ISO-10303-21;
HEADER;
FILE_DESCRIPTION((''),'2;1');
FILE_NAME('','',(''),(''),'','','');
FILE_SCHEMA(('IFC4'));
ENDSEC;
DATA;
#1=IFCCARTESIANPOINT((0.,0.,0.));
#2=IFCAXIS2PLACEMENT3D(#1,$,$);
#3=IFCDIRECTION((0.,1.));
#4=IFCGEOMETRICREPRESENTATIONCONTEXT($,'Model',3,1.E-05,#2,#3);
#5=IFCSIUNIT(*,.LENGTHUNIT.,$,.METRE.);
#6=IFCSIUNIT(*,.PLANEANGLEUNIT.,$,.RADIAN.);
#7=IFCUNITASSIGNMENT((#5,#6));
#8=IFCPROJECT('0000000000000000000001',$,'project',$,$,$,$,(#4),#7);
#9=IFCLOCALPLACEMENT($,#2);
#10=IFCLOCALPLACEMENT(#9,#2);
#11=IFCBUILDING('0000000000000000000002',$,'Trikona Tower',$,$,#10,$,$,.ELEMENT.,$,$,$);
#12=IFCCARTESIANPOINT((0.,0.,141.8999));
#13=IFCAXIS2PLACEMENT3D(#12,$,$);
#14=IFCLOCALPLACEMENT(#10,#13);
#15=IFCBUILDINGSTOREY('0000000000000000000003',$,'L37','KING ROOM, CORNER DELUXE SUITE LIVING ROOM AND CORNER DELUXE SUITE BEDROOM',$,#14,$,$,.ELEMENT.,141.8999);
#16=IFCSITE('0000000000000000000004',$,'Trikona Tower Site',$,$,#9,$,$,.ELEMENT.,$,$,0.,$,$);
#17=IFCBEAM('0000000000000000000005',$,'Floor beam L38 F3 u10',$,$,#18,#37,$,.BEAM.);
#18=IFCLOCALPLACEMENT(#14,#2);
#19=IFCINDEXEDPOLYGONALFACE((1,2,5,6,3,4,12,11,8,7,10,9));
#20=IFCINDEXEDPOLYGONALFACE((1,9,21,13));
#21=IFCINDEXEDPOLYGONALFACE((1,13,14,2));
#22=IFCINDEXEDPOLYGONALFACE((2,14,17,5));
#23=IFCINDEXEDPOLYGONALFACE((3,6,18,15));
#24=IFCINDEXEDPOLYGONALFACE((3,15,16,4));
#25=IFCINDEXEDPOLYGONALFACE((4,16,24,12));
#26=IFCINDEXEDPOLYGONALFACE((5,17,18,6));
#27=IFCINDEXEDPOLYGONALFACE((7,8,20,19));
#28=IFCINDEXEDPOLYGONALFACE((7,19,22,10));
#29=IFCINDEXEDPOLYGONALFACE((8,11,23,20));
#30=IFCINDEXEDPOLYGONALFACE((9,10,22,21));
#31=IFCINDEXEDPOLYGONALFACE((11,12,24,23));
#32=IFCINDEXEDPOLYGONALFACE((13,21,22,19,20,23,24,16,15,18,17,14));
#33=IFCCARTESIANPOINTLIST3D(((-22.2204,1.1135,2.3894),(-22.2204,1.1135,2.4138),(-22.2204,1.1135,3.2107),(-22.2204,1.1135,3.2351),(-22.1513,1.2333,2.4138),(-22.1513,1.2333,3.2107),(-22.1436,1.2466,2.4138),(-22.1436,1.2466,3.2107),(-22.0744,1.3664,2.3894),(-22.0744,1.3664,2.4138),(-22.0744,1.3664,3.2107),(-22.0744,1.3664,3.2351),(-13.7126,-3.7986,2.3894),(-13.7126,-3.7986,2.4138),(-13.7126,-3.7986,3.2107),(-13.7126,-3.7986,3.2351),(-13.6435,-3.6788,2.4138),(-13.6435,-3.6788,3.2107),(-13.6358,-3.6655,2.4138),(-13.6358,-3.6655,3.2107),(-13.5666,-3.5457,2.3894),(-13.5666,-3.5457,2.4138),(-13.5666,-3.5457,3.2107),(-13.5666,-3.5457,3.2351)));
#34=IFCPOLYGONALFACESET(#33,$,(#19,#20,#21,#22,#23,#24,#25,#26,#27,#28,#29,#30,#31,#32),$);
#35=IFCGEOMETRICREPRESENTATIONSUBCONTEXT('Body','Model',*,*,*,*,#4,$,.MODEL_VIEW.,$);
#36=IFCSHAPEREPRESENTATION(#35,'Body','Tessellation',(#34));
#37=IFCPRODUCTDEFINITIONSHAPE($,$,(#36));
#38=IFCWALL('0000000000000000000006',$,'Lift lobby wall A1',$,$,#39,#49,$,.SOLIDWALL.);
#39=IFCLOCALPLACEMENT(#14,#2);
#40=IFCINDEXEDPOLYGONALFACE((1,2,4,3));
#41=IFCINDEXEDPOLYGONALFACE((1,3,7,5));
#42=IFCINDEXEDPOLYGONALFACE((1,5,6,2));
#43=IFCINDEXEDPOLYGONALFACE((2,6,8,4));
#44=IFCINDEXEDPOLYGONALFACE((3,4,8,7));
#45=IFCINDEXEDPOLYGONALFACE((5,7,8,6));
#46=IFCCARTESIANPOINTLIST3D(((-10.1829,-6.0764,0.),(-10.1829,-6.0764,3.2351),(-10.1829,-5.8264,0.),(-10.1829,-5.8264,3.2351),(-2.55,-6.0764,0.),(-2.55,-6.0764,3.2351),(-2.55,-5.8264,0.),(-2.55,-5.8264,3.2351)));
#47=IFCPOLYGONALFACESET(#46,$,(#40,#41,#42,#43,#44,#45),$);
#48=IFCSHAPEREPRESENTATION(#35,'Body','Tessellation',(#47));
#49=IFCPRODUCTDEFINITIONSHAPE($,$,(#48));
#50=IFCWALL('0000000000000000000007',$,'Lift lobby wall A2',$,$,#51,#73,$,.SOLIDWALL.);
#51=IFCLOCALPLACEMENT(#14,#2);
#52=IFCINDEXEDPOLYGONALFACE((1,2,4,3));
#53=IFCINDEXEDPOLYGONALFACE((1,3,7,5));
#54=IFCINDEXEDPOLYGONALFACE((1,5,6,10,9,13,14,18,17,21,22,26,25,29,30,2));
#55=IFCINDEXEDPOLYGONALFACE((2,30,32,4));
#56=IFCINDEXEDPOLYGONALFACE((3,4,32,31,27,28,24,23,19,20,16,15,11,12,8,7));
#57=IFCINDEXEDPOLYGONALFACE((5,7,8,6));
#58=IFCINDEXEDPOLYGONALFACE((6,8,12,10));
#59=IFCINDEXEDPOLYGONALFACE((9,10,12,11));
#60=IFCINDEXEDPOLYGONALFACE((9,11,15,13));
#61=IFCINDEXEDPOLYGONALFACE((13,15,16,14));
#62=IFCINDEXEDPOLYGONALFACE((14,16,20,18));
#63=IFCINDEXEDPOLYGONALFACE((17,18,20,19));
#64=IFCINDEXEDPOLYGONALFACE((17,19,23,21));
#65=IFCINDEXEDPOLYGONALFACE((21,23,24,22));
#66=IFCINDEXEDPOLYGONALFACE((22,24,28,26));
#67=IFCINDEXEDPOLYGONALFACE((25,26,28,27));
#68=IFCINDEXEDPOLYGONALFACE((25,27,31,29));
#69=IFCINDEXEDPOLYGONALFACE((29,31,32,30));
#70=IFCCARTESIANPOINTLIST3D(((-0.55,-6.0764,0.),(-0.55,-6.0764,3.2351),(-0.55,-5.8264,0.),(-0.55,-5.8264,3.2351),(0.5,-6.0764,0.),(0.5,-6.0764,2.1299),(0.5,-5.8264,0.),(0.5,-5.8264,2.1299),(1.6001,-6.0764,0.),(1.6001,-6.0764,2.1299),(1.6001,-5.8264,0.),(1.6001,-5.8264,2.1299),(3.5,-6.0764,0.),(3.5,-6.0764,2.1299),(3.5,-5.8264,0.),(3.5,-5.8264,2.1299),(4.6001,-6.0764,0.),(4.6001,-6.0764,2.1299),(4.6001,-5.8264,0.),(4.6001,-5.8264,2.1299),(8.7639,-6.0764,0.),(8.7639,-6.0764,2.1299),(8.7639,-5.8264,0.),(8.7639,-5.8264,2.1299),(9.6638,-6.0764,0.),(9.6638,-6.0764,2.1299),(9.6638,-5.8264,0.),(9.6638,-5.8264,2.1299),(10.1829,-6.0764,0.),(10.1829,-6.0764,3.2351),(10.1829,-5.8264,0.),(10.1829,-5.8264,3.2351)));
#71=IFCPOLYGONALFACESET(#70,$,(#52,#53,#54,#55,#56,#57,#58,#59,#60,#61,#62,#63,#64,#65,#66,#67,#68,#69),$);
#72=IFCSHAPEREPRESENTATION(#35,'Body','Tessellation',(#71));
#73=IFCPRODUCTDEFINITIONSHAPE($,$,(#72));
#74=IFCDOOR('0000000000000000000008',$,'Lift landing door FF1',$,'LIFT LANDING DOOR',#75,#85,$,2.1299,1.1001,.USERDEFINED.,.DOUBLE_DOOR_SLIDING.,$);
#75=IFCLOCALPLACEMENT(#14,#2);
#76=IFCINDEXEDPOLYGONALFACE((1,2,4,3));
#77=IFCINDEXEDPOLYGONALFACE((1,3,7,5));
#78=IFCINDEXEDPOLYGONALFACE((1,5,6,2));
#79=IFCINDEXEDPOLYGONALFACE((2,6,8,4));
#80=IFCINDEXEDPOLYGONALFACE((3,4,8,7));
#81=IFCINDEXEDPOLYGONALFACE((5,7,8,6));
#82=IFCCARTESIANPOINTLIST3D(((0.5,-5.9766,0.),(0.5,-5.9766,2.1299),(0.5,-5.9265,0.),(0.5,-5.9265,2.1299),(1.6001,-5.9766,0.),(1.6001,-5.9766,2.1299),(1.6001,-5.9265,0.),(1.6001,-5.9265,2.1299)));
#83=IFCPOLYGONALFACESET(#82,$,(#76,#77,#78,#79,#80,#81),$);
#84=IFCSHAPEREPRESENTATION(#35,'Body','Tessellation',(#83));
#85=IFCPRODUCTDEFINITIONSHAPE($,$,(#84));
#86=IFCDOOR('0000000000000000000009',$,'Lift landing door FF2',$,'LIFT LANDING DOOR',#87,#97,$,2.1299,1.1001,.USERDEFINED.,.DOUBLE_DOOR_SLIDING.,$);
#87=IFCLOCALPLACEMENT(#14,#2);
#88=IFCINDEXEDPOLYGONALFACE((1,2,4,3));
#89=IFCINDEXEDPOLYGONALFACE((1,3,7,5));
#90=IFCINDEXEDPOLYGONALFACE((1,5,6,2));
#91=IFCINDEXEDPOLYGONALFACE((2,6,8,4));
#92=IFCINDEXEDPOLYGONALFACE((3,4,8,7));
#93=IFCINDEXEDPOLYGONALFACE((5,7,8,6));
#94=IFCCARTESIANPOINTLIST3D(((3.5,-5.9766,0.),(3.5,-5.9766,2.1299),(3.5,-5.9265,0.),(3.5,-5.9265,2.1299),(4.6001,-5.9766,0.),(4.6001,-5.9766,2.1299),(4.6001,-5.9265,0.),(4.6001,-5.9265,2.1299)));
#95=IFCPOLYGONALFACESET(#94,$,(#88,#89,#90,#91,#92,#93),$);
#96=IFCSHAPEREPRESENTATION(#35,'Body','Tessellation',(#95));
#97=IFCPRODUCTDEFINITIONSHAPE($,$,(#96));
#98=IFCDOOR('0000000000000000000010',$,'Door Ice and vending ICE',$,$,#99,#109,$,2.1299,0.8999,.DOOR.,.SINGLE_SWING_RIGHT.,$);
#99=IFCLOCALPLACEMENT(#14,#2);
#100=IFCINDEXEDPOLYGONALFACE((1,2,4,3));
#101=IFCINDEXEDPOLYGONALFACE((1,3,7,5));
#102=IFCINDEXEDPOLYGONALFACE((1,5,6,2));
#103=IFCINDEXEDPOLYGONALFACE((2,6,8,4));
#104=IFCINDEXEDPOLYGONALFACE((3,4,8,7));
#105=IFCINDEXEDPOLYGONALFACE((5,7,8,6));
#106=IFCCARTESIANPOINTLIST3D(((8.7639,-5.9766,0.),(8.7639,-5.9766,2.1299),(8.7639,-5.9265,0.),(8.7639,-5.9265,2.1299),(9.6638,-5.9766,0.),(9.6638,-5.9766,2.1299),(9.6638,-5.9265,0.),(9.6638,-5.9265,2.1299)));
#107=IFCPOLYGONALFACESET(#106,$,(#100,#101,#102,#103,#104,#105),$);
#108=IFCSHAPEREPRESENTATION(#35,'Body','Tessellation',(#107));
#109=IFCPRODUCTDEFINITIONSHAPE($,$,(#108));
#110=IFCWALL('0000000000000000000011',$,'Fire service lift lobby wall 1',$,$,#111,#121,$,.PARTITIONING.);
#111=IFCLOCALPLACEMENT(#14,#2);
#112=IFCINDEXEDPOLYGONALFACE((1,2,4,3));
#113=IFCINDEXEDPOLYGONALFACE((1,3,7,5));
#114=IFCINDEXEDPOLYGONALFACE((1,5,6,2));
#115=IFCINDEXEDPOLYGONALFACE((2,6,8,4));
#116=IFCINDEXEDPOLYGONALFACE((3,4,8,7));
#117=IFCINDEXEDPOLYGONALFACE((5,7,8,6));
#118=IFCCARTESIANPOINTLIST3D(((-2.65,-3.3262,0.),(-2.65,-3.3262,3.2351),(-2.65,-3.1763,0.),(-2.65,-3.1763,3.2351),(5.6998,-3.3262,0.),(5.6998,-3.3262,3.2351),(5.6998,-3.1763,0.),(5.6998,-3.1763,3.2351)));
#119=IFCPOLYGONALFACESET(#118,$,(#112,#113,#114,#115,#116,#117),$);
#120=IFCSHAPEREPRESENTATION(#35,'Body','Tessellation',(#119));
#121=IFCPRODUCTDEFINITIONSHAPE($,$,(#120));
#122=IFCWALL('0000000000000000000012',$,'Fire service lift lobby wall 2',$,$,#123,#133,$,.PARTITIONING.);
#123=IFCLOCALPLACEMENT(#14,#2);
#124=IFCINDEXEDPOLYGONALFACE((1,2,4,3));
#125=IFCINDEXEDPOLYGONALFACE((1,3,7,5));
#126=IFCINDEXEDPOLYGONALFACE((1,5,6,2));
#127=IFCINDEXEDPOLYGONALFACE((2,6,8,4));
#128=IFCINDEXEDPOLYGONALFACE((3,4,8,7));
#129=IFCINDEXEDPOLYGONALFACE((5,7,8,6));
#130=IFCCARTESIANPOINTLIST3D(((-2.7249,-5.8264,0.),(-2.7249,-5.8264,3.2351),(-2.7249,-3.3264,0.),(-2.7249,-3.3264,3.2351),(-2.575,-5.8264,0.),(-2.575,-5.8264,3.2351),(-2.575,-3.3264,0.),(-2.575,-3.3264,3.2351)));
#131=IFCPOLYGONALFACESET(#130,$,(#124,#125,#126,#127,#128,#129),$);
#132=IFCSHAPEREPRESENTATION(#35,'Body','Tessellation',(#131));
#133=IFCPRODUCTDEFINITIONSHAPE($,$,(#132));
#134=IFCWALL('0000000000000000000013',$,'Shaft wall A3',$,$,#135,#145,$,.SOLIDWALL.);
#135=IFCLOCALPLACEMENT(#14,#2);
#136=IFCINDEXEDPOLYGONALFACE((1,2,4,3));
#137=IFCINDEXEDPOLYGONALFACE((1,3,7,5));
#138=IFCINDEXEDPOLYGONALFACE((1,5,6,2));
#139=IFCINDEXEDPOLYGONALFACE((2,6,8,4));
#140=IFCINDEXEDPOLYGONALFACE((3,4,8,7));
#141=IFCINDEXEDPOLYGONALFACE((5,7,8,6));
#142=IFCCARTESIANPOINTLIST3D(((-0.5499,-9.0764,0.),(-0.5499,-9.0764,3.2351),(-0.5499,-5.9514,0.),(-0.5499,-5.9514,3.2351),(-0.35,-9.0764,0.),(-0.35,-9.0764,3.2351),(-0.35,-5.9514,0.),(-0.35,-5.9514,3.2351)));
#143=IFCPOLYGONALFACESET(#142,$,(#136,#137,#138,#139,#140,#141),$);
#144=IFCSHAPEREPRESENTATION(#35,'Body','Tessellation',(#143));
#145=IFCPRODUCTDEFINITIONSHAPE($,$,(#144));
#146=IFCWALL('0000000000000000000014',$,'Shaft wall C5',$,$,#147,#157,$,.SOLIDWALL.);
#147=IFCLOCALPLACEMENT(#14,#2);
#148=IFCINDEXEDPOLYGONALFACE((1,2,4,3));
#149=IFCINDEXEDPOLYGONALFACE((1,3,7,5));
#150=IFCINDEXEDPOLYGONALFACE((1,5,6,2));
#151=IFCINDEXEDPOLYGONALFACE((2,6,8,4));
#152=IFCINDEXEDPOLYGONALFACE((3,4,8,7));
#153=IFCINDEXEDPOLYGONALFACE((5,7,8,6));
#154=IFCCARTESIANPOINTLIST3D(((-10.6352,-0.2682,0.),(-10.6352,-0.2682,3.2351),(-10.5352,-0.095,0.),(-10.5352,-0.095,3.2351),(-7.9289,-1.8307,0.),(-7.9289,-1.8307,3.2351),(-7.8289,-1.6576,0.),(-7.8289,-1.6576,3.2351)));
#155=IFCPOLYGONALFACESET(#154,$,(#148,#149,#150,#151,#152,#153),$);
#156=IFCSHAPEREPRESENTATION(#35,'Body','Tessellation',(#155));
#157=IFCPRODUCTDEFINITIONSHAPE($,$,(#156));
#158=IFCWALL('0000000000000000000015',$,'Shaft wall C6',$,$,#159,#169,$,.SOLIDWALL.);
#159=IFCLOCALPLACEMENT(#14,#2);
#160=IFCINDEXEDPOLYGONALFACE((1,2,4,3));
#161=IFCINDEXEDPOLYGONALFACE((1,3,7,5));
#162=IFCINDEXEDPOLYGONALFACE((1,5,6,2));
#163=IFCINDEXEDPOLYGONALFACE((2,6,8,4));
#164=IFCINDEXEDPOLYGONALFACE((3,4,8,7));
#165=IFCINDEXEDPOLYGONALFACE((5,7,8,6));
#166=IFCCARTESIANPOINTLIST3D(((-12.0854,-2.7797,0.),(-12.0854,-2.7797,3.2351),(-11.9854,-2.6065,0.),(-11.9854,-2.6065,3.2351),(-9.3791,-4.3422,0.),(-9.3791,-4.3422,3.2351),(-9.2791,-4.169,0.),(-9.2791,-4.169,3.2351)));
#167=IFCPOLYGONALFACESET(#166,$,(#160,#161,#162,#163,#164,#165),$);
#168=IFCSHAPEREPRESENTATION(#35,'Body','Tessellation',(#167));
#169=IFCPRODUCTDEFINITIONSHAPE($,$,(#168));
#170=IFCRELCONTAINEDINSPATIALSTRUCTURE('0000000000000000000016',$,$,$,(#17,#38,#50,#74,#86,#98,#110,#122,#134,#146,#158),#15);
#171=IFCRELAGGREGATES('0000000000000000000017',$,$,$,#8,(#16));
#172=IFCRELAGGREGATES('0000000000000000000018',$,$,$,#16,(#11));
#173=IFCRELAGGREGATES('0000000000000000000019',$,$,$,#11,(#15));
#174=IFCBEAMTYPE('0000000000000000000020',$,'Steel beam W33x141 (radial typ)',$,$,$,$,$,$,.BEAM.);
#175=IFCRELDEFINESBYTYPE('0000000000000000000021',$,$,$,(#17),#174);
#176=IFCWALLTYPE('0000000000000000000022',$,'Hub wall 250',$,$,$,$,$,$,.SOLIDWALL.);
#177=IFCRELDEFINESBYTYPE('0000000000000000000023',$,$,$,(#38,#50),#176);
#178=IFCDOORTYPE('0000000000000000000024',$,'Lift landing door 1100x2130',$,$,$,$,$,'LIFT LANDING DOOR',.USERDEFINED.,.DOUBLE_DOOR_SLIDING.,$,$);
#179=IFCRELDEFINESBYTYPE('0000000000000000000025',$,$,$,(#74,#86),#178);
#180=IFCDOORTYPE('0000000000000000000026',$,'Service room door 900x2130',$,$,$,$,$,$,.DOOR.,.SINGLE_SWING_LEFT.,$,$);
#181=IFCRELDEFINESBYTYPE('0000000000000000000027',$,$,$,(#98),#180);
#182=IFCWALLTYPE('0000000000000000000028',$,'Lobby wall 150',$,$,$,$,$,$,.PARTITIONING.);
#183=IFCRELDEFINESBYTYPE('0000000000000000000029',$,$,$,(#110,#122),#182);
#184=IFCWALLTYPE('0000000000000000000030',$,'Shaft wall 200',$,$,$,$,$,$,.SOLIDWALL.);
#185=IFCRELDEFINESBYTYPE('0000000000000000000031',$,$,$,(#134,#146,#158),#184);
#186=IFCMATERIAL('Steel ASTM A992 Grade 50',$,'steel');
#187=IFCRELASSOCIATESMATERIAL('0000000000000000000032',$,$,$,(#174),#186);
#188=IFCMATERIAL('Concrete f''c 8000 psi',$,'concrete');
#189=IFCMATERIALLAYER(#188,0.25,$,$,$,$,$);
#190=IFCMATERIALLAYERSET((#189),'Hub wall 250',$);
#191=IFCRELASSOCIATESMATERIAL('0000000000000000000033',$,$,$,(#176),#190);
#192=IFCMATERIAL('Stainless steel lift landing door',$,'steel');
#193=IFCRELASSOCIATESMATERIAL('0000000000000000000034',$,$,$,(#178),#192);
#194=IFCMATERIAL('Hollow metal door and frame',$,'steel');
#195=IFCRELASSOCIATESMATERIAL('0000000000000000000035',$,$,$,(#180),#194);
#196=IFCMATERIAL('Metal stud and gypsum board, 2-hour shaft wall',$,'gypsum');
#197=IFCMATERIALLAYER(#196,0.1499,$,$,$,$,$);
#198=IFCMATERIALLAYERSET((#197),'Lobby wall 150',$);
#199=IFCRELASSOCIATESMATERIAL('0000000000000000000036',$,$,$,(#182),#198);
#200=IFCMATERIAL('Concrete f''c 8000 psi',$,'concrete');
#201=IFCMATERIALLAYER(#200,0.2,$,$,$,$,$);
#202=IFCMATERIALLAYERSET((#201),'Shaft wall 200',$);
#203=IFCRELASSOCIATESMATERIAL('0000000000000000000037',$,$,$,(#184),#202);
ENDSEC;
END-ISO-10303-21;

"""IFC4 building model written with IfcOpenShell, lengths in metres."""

from ifc_helpers import new_model, si_unit, direction, frame, frame_2d, origin, origin_2d, place, context, subcontext, project, spatial, rectangle, i_section, extrude, material, layer, layer_set, material_profile, profile_set, type_object, element, fill, save


model = new_model("IFC4")

# Units and contexts
model_context = context("Model", 3, precision=1e-05, world=origin(), true_north=direction((0.0, 1.0)))
body_context = subcontext(model_context, "Body", "Model", "MODEL_VIEW")
ifc_project = project(units=[si_unit("LENGTHUNIT", "METRE"), si_unit("PLANEANGLEUNIT", "RADIAN")], contexts=[model_context])

# Site, building, storey
site_placement = place(None, origin())
site = spatial("IfcSite", under=ifc_project, at=site_placement, Name="Trikona Tower Site", CompositionType="ELEMENT", RefElevation=0.0)
building_placement = place(site_placement, origin())
building = spatial("IfcBuilding", under=site, at=building_placement, Name="Trikona Tower", CompositionType="ELEMENT")
storey_placement = place(building_placement, frame((0.0, 0.0, 141.8999)))
storey = spatial("IfcBuildingStorey", under=building, at=storey_placement, Name="L37", Description="KING ROOM, CORNER DELUXE SUITE LIVING ROOM AND CORNER DELUXE SUITE BEDROOM", CompositionType="ELEMENT", Elevation=141.8999)

# Beam
ifc_material_1 = material(Name="Steel ASTM A992 Grade 50", Category="steel")
ifc_material_profile = material_profile(ifc_material_1, i_section(OverallWidth=0.292, OverallDepth=0.8457, WebThickness=0.0154, FlangeThickness=0.0244, at=origin_2d()), Name="W33X141")
ifc_profile_set = profile_set([ifc_material_profile], Name="Steel ASTM A992 Grade 50")
beam_type = type_object("IfcBeamType", Name="Steel beam W33x141 (radial typ)", PredefinedType="BEAM", material=ifc_profile_set)
beam_placement = place(storey_placement, frame((-13.6396, -3.6721, 2.8123), z_axis=(-0.86602, 0.500009, 0.0), x_axis=(-0.500009, -0.86602, 0.0)))
element("IfcBeam", 1, at=beam_placement, inside=storey, type_object=beam_type, Name="Floor beam L38 F3 u10", PredefinedType="BEAM", context=body_context, shape_type="SweptSolid", body=[
    extrude(i_section(OverallWidth=0.292, OverallDepth=0.8457, WebThickness=0.0154, FlangeThickness=0.0244, at=origin_2d()), origin(), (0.0, 0.0, 1.0), 9.824),
])

# Wall
ifc_material_2 = material(Name="Concrete f'c 8000 psi", Category="concrete")
ifc_layer_1 = layer(ifc_material_2, 0.25)
ifc_layer_set_1 = layer_set([ifc_layer_1], Name="Hub wall 250")
wall_type_1 = type_object("IfcWallType", Name="Hub wall 250", PredefinedType="SOLIDWALL", material=ifc_layer_set_1)
wall_1_placement = place(storey_placement, frame((-10.1829, -5.9514, 0.0), z_axis=(0.0, 0.0, 1.0), x_axis=(1.0, 0.0, 0.0)))
element("IfcWall", 2, at=wall_1_placement, inside=storey, type_object=wall_type_1, Name="Lift lobby wall A1", PredefinedType="SOLIDWALL", context=body_context, shape_type="SweptSolid", body=[
    extrude(rectangle(XDim=7.6328, YDim=0.25, at=frame_2d((3.8164, 0.0))), origin(), (0.0, 0.0, 1.0), 3.2351),
])

# Wall, openings, doors
wall_2_placement = place(storey_placement, frame((-0.55, -5.9514, 0.0), z_axis=(0.0, 0.0, 1.0), x_axis=(1.0, 0.0, 0.0)))
wall_2 = element("IfcWall", 3, at=wall_2_placement, inside=storey, type_object=wall_type_1, Name="Lift lobby wall A2", PredefinedType="SOLIDWALL", context=body_context, shape_type="SweptSolid", body=[
    extrude(rectangle(XDim=10.7329, YDim=0.25, at=frame_2d((5.3665, 0.0))), origin(), (0.0, 0.0, 1.0), 3.2351),
])
opening_1_placement = place(wall_2_placement, frame((9.314, 0.0, 0.0)))
opening_1 = element("IfcOpeningElement", 4, at=opening_1_placement, cuts=wall_2, PredefinedType="OPENING", context=body_context, shape_type="SweptSolid", body=[
    extrude(rectangle(XDim=0.8999, YDim=2.1299, at=frame_2d((0.45, 1.0649))), frame((0.0, 0.135, 0.0), z_axis=(0.0, -1.0, 0.0), x_axis=(1.0, 0.0, 0.0)), (0.0, 0.0, 1.0), 0.27),
])
opening_2_placement = place(wall_2_placement, frame((1.05, 0.0, 0.0)))
opening_2 = element("IfcOpeningElement", 5, at=opening_2_placement, cuts=wall_2, PredefinedType="OPENING", context=body_context, shape_type="SweptSolid", body=[
    extrude(rectangle(XDim=1.1001, YDim=2.1299, at=frame_2d((0.55, 1.0649))), frame((0.0, 0.135, 0.0), z_axis=(0.0, -1.0, 0.0), x_axis=(1.0, 0.0, 0.0)), (0.0, 0.0, 1.0), 0.27),
])
opening_3_placement = place(wall_2_placement, frame((4.05, 0.0, 0.0)))
opening_3 = element("IfcOpeningElement", 6, at=opening_3_placement, cuts=wall_2, PredefinedType="OPENING", context=body_context, shape_type="SweptSolid", body=[
    extrude(rectangle(XDim=1.1001, YDim=2.1299, at=frame_2d((0.55, 1.0649))), frame((0.0, 0.135, 0.0), z_axis=(0.0, -1.0, 0.0), x_axis=(1.0, 0.0, 0.0)), (0.0, 0.0, 1.0), 0.27),
])
ifc_material_3 = material(Name="Stainless steel lift landing door", Category="steel")
door_type_1 = type_object("IfcDoorType", Name="Lift landing door 1100x2130", ElementType="LIFT LANDING DOOR", OperationType="DOUBLE_DOOR_SLIDING", PredefinedType="USERDEFINED", material=ifc_material_3)
door_1_placement = place(opening_2_placement, origin())
door_1 = element("IfcDoor", 7, at=door_1_placement, inside=storey, type_object=door_type_1, Name="Lift landing door FF1", ObjectType="LIFT LANDING DOOR", OperationType="DOUBLE_DOOR_SLIDING", OverallHeight=2.1299, OverallWidth=1.1001, PredefinedType="USERDEFINED", context=body_context, shape_type="SweptSolid", body=[
    extrude(rectangle(XDim=1.1001, YDim=2.1299, at=frame_2d((0.55, 1.0649))), frame((0.0, 0.0249, 0.0), z_axis=(0.0, -1.0, 0.0), x_axis=(1.0, 0.0, 0.0)), (0.0, 0.0, 1.0), 0.05),
])
fill(opening_2, door_1)
door_2_placement = place(opening_3_placement, origin())
door_2 = element("IfcDoor", 8, at=door_2_placement, inside=storey, type_object=door_type_1, Name="Lift landing door FF2", ObjectType="LIFT LANDING DOOR", OperationType="DOUBLE_DOOR_SLIDING", OverallHeight=2.1299, OverallWidth=1.1001, PredefinedType="USERDEFINED", context=body_context, shape_type="SweptSolid", body=[
    extrude(rectangle(XDim=1.1001, YDim=2.1299, at=frame_2d((0.55, 1.0649))), frame((0.0, 0.0249, 0.0), z_axis=(0.0, -1.0, 0.0), x_axis=(1.0, 0.0, 0.0)), (0.0, 0.0, 1.0), 0.05),
])
fill(opening_3, door_2)
ifc_material_4 = material(Name="Hollow metal door and frame", Category="steel")
door_type_2 = type_object("IfcDoorType", Name="Service room door 900x2130", OperationType="SINGLE_SWING_LEFT", PredefinedType="DOOR", material=ifc_material_4)
door_3_placement = place(opening_1_placement, origin())
door_3 = element("IfcDoor", 9, at=door_3_placement, inside=storey, type_object=door_type_2, Name="Door Ice and vending ICE", OperationType="SINGLE_SWING_RIGHT", OverallHeight=2.1299, OverallWidth=0.8999, PredefinedType="DOOR", context=body_context, shape_type="SweptSolid", body=[
    extrude(rectangle(XDim=0.8999, YDim=2.1299, at=frame_2d((0.45, 1.0649))), frame((0.0, 0.0249, 0.0), z_axis=(0.0, -1.0, 0.0), x_axis=(1.0, 0.0, 0.0)), (0.0, 0.0, 1.0), 0.05),
])
fill(opening_1, door_3)

# Walls
ifc_material_5 = material(Name="Metal stud and gypsum board, 2-hour shaft wall", Category="gypsum")
ifc_layer_2 = layer(ifc_material_5, 0.1499)
ifc_layer_set_2 = layer_set([ifc_layer_2], Name="Lobby wall 150")
wall_type_2 = type_object("IfcWallType", Name="Lobby wall 150", PredefinedType="PARTITIONING", material=ifc_layer_set_2)
wall_3_placement = place(storey_placement, frame((-2.6499, -3.2512, 0.0), z_axis=(0.0, 0.0, 1.0), x_axis=(1.0, 0.0, 0.0)))
element("IfcWall", 10, at=wall_3_placement, inside=storey, type_object=wall_type_2, Name="Fire service lift lobby wall 1", PredefinedType="PARTITIONING", context=body_context, shape_type="SweptSolid", body=[
    extrude(rectangle(XDim=8.3499, YDim=0.1499, at=frame_2d((4.1748, 0.0))), origin(), (0.0, 0.0, 1.0), 3.2351),
])
wall_4_placement = place(storey_placement, frame((-2.6499, -5.8264, 0.0), z_axis=(0.0, 0.0, 1.0), x_axis=(0.0, 1.0, 0.0)))
element("IfcWall", 11, at=wall_4_placement, inside=storey, type_object=wall_type_2, Name="Fire service lift lobby wall 2", PredefinedType="PARTITIONING", context=body_context, shape_type="SweptSolid", body=[
    extrude(rectangle(XDim=2.5, YDim=0.1499, at=frame_2d((1.25, 0.0))), origin(), (0.0, 0.0, 1.0), 3.2351),
])
ifc_material_6 = material(Name="Concrete f'c 8000 psi", Category="concrete")
ifc_layer_3 = layer(ifc_material_6, 0.2)
ifc_layer_set_3 = layer_set([ifc_layer_3], Name="Shaft wall 200")
wall_type_3 = type_object("IfcWallType", Name="Shaft wall 200", PredefinedType="SOLIDWALL", material=ifc_layer_set_3)
for number, where, z_axis, x_axis, name in (
    (12, (-0.45, -5.9514, 0.0), (0.0, 0.0, 1.0), (0.0, -1.0, 0.0), "Shaft wall A3"),
    (13, (-7.8789, -1.7441, 0.0), (0.0, 0.0, 1.0), (-0.866023, 0.500004, 0.0), "Shaft wall C5"),
    (14, (-9.3291, -4.2556, 0.0), (0.0, 0.0, 1.0), (-0.866023, 0.500004, 0.0), "Shaft wall C6"),
):
    element("IfcWall", number, at=place(storey_placement, frame(where, z_axis=z_axis, x_axis=x_axis)), inside=storey, type_object=wall_type_3, Name=name, PredefinedType="SOLIDWALL", context=body_context, shape_type="SweptSolid", body=[
        extrude(rectangle(XDim=3.125, YDim=0.2, at=frame_2d((1.5625, 0.0))), origin(), (0.0, 0.0, 1.0), 3.2351),
    ])

save(model, "model.ifc")
